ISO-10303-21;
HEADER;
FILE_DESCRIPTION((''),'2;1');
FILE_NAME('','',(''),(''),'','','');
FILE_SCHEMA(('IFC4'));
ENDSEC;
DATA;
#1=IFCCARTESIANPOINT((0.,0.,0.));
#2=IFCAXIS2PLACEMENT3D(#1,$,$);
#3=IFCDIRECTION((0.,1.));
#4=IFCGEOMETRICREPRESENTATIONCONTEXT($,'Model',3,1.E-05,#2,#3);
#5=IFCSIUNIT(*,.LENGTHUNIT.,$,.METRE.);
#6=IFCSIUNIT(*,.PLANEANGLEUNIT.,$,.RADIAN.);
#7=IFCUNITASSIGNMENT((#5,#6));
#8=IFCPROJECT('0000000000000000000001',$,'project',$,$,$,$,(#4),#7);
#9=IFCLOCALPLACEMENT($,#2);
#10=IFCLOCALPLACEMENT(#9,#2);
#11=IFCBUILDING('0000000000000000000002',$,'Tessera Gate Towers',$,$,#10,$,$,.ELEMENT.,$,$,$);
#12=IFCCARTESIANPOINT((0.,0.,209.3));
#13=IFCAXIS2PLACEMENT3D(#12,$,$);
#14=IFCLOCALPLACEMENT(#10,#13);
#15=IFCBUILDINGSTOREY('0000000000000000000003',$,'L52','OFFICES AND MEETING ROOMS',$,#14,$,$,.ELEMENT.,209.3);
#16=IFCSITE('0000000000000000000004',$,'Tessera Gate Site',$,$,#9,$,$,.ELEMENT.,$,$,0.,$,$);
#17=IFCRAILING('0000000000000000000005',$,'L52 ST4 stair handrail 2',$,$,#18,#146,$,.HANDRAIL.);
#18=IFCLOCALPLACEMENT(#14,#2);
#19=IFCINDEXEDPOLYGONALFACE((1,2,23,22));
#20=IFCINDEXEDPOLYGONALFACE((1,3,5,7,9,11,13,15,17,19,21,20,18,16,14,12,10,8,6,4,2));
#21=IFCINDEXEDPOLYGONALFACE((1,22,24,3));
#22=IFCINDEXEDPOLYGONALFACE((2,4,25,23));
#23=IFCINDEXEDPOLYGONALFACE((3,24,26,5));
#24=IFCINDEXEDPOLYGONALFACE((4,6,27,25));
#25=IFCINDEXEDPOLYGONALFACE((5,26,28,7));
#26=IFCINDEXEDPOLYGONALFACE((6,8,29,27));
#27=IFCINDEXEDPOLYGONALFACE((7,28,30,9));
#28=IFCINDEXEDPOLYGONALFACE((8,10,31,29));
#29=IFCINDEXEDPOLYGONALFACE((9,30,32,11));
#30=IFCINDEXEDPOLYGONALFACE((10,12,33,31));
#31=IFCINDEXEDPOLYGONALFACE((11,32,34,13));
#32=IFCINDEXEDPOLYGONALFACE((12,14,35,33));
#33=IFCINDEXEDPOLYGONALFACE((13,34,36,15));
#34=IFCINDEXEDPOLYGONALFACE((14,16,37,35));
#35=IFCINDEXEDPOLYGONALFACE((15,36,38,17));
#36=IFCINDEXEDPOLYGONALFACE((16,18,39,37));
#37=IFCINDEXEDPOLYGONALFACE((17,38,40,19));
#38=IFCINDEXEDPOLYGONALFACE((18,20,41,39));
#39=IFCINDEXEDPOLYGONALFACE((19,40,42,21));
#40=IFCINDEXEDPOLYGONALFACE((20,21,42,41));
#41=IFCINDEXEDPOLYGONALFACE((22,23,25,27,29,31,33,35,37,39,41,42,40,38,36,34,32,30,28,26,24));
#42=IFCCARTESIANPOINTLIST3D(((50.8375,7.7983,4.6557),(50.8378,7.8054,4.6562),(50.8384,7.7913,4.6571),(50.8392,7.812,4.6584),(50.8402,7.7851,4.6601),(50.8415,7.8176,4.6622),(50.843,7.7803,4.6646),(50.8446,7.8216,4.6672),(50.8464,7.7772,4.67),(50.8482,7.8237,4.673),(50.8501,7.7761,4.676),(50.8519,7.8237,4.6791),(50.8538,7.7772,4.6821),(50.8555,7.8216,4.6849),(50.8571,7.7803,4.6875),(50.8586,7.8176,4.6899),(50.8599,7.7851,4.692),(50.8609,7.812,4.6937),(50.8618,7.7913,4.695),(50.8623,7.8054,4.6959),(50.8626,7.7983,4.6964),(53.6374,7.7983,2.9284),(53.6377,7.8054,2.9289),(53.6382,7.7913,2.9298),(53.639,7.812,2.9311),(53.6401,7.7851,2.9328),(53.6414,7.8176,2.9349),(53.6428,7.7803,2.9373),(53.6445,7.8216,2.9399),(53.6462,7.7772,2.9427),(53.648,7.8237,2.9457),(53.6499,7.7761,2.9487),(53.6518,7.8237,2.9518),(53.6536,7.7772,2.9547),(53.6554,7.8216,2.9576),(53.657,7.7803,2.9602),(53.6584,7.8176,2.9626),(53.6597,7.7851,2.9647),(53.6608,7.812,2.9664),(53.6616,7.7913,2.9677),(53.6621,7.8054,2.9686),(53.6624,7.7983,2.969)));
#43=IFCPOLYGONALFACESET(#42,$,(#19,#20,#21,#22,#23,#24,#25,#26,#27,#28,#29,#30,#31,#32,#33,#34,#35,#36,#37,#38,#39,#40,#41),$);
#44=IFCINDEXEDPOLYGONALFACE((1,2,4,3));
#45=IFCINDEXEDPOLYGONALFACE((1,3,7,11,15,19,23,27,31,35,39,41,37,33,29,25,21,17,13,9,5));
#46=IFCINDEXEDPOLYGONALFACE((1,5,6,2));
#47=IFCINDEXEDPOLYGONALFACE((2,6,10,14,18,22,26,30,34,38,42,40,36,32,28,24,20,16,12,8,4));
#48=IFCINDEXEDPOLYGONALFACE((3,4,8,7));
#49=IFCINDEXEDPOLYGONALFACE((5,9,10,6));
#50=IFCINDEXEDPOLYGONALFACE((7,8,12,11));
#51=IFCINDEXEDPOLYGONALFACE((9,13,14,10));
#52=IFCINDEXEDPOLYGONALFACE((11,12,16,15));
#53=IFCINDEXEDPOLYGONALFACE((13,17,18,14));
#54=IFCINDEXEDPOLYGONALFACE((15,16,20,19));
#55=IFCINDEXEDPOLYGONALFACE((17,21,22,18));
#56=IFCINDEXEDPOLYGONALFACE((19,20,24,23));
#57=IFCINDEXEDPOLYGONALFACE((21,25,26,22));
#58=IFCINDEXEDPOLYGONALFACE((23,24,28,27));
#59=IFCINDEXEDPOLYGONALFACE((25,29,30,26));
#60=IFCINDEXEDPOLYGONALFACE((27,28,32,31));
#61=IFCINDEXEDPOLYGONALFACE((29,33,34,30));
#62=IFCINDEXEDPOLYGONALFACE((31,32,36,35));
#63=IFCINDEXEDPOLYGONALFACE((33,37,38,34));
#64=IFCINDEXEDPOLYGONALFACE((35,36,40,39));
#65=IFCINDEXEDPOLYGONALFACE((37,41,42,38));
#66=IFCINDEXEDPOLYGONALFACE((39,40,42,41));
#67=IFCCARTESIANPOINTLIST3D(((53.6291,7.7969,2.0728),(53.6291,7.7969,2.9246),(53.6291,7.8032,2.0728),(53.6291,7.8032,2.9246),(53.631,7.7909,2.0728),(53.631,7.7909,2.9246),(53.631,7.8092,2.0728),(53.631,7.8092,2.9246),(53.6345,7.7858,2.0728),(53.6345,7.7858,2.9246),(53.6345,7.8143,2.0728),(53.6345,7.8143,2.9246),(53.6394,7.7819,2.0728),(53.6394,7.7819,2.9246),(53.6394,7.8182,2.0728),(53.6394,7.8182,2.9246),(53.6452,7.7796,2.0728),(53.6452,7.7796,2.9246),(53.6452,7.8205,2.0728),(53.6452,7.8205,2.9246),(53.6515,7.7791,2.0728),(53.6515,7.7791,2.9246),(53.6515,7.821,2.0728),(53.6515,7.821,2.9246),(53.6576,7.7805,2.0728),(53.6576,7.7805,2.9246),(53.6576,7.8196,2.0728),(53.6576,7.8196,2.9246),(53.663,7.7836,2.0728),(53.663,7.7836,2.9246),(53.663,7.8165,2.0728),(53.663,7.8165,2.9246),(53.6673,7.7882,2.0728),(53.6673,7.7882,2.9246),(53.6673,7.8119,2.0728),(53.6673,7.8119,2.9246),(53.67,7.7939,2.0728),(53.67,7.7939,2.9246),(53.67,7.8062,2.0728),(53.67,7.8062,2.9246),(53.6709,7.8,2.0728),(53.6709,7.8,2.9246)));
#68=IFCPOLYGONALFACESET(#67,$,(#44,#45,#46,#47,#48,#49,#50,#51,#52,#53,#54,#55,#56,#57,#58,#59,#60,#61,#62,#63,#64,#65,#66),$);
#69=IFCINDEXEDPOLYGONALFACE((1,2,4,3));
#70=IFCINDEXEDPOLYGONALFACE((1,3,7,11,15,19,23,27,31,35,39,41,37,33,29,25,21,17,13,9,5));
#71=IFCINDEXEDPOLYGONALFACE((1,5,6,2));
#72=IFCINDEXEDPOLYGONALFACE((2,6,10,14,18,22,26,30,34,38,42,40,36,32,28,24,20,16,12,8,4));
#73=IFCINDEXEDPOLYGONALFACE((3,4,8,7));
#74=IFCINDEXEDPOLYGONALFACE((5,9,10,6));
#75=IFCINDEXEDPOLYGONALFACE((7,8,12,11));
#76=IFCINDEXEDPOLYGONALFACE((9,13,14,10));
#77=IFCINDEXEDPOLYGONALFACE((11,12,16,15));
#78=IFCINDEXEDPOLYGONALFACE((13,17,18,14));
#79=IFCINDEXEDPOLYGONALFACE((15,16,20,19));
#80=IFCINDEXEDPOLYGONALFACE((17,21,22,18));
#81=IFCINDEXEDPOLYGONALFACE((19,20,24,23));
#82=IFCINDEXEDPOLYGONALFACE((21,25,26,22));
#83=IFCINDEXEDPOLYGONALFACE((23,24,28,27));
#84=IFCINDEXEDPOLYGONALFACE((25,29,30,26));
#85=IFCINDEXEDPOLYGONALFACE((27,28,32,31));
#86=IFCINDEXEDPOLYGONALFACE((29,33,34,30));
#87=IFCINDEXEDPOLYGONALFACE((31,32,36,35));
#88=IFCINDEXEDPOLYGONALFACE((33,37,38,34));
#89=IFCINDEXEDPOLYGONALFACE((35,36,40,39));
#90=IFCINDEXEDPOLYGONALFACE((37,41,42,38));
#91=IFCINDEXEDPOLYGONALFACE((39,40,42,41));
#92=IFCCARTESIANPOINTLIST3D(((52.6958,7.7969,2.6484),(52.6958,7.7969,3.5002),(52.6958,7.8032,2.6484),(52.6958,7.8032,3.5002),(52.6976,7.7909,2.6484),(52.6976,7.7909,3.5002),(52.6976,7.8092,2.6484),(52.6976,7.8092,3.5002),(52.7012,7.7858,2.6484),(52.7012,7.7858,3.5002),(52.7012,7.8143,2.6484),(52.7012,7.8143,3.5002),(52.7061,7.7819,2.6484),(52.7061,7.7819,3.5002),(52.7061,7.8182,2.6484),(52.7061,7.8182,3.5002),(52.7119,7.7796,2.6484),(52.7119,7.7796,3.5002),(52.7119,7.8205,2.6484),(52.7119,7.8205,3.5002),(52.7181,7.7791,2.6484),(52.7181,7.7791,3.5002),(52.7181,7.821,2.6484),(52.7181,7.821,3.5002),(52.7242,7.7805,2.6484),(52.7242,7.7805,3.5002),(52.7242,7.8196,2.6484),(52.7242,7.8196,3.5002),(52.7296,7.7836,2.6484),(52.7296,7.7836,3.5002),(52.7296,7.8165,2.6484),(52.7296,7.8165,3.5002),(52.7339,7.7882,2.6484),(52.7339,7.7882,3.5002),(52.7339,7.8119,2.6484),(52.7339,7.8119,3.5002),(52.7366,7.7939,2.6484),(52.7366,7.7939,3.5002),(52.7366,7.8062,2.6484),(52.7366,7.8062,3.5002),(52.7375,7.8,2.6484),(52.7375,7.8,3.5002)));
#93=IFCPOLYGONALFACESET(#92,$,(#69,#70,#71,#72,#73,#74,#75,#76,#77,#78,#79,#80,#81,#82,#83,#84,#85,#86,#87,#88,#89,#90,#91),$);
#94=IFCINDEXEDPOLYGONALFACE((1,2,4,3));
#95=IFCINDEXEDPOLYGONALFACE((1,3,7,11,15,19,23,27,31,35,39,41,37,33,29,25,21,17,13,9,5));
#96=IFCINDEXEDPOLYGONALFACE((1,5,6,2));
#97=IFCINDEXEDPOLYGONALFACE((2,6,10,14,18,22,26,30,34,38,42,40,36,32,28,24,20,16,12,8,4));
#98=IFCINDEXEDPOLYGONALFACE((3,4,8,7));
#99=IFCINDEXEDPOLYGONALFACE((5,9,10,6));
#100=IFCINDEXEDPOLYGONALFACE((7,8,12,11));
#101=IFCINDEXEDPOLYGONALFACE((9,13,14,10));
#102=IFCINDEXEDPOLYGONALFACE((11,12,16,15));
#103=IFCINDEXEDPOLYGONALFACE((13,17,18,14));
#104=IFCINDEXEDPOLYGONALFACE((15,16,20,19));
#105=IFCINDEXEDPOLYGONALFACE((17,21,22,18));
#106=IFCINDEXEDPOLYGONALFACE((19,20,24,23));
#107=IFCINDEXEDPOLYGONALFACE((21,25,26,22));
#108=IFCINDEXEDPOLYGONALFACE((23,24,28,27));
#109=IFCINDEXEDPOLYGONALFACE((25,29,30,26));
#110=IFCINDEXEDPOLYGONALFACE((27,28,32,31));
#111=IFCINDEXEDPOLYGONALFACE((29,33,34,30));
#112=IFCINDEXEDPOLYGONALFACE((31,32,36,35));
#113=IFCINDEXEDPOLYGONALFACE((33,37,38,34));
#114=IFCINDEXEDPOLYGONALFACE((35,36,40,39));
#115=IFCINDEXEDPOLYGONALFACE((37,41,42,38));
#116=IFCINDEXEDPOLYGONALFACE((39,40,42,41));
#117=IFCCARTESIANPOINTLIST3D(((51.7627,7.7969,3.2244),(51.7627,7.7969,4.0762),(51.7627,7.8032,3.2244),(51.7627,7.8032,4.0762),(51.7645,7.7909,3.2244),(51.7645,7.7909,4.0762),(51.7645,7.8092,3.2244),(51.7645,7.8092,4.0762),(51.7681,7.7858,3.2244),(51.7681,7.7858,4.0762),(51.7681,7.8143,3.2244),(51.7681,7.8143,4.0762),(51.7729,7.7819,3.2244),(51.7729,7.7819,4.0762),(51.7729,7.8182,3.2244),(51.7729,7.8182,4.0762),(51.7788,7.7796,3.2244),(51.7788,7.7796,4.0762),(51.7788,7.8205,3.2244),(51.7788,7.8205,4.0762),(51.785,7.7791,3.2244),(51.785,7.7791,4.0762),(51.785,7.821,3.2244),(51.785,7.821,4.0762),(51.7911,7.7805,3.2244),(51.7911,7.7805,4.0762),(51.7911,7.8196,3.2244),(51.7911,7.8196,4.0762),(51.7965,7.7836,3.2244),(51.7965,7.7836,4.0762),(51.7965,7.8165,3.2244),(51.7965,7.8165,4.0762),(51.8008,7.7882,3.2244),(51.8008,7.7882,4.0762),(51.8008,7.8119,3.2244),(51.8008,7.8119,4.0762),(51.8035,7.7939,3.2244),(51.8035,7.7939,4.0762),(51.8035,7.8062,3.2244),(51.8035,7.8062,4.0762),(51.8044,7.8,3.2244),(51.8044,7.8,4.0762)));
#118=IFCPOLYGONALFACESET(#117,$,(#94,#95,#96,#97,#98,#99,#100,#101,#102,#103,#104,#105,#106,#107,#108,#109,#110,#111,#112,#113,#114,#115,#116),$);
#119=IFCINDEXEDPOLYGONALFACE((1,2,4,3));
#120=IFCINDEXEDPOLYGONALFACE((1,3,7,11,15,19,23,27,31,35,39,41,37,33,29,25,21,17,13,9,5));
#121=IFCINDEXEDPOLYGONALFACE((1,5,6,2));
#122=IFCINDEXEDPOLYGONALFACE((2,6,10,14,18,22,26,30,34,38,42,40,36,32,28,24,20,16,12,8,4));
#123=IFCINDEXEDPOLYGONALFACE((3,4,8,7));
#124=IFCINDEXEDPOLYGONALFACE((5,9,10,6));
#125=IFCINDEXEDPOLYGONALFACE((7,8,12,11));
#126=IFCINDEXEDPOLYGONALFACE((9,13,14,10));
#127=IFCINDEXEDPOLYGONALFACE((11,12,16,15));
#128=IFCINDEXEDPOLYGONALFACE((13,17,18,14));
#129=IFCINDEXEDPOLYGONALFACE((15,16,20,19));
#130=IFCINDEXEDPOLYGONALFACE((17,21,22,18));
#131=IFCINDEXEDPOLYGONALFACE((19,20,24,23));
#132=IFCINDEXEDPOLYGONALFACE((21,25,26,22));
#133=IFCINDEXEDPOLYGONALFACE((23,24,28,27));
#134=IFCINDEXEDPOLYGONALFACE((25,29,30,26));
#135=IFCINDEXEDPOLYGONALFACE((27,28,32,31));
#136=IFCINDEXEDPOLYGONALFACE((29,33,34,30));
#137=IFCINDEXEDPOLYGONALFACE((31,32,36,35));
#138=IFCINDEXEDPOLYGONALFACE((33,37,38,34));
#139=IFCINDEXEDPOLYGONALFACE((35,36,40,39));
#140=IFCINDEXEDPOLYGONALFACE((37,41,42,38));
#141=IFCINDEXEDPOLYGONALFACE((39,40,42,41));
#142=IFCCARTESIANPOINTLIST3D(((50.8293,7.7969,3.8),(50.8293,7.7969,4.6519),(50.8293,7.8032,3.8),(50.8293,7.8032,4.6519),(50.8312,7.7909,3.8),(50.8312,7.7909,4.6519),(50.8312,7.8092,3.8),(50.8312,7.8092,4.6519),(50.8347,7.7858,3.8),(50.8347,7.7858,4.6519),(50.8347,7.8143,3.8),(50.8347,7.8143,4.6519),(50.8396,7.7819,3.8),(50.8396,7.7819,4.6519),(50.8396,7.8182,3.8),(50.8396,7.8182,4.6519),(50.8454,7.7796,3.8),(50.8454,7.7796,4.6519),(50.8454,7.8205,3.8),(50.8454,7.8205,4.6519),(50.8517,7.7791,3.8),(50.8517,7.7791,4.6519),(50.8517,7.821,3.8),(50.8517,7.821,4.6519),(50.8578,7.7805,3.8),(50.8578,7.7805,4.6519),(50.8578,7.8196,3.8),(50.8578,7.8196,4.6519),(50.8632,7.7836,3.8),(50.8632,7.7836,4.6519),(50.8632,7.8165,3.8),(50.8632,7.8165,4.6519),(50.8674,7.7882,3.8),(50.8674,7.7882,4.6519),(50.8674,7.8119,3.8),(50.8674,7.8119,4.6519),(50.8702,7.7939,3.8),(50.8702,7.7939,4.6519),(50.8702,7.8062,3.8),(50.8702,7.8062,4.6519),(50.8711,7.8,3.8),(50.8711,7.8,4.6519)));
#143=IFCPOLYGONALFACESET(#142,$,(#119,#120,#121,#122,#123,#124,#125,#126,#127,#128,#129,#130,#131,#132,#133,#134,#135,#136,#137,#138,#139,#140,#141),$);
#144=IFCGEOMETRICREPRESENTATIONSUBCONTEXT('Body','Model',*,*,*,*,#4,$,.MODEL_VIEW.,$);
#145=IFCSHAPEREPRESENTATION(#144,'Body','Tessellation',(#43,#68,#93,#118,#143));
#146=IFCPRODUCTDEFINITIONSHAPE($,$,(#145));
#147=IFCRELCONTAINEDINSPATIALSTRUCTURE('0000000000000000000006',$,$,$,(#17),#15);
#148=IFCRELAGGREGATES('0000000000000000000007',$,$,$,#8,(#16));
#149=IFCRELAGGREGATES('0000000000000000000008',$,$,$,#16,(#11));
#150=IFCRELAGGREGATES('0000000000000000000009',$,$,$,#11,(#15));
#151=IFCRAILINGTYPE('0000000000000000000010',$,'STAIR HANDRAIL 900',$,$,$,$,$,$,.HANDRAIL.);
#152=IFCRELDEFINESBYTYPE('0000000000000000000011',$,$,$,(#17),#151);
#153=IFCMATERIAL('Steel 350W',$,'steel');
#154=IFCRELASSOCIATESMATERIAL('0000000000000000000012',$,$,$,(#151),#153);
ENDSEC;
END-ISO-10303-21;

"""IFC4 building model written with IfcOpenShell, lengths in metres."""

from ifc_helpers import new_model, si_unit, direction, frame, origin, origin_2d, place, context, subcontext, project, spatial, circle, extrude, material, type_object, element, save


model = new_model("IFC4")

# Units and contexts
model_context = context("Model", 3, precision=1e-05, world=origin(), true_north=direction((0.0, 1.0)))
body_context = subcontext(model_context, "Body", "Model", "MODEL_VIEW")
ifc_project = project(units=[si_unit("LENGTHUNIT", "METRE"), si_unit("PLANEANGLEUNIT", "RADIAN")], contexts=[model_context])

# Site, building, storey
site_placement = place(None, origin())
site = spatial("IfcSite", under=ifc_project, at=site_placement, Name="Tessera Gate Site", CompositionType="ELEMENT", RefElevation=0.0)
building_placement = place(site_placement, origin())
building = spatial("IfcBuilding", under=site, at=building_placement, Name="Tessera Gate Towers", CompositionType="ELEMENT")
storey_placement = place(building_placement, frame((0.0, 0.0, 209.3)))
storey = spatial("IfcBuildingStorey", under=building, at=storey_placement, Name="L52", Description="OFFICES AND MEETING ROOMS", CompositionType="ELEMENT", Elevation=209.3)

# Railing
ifc_material_1 = material(Name="Steel 350W", Category="steel")
railing_type_1 = type_object("IfcRailingType", Name="STAIR HANDRAIL 900", PredefinedType="HANDRAIL", material=ifc_material_1)
railing_1_placement = place(storey_placement, frame((53.6499, 7.8, 2.0728)))
element("IfcRailing", 1, at=railing_1_placement, inside=storey, type_object=railing_type_1, Name="L52 ST4 stair handrail 2", PredefinedType="HANDRAIL", context=body_context, shape_type="SweptSolid", body=[
    extrude(circle(Radius=0.0239, at=origin_2d()), frame((0.0, 0.0, 0.876), z_axis=(-0.851069, 0.0, 0.525054), x_axis=(0.0, -1.0, 0.0)), (0.0, 0.0, 1.0), 3.2898),
    extrude(circle(Radius=0.021, at=origin_2d()), origin(), (0.0, 0.0, 1.0), 0.8518),
    extrude(circle(Radius=0.021, at=origin_2d()), frame((-0.9333, 0.0, 0.5757)), (0.0, 0.0, 1.0), 0.8518),
    extrude(circle(Radius=0.021, at=origin_2d()), frame((-1.8665, 0.0, 1.1516)), (0.0, 0.0, 1.0), 0.8518),
    extrude(circle(Radius=0.021, at=origin_2d()), frame((-2.7998, 0.0, 1.7273)), (0.0, 0.0, 1.0), 0.8518),
])

save(model, "model.ifc")
